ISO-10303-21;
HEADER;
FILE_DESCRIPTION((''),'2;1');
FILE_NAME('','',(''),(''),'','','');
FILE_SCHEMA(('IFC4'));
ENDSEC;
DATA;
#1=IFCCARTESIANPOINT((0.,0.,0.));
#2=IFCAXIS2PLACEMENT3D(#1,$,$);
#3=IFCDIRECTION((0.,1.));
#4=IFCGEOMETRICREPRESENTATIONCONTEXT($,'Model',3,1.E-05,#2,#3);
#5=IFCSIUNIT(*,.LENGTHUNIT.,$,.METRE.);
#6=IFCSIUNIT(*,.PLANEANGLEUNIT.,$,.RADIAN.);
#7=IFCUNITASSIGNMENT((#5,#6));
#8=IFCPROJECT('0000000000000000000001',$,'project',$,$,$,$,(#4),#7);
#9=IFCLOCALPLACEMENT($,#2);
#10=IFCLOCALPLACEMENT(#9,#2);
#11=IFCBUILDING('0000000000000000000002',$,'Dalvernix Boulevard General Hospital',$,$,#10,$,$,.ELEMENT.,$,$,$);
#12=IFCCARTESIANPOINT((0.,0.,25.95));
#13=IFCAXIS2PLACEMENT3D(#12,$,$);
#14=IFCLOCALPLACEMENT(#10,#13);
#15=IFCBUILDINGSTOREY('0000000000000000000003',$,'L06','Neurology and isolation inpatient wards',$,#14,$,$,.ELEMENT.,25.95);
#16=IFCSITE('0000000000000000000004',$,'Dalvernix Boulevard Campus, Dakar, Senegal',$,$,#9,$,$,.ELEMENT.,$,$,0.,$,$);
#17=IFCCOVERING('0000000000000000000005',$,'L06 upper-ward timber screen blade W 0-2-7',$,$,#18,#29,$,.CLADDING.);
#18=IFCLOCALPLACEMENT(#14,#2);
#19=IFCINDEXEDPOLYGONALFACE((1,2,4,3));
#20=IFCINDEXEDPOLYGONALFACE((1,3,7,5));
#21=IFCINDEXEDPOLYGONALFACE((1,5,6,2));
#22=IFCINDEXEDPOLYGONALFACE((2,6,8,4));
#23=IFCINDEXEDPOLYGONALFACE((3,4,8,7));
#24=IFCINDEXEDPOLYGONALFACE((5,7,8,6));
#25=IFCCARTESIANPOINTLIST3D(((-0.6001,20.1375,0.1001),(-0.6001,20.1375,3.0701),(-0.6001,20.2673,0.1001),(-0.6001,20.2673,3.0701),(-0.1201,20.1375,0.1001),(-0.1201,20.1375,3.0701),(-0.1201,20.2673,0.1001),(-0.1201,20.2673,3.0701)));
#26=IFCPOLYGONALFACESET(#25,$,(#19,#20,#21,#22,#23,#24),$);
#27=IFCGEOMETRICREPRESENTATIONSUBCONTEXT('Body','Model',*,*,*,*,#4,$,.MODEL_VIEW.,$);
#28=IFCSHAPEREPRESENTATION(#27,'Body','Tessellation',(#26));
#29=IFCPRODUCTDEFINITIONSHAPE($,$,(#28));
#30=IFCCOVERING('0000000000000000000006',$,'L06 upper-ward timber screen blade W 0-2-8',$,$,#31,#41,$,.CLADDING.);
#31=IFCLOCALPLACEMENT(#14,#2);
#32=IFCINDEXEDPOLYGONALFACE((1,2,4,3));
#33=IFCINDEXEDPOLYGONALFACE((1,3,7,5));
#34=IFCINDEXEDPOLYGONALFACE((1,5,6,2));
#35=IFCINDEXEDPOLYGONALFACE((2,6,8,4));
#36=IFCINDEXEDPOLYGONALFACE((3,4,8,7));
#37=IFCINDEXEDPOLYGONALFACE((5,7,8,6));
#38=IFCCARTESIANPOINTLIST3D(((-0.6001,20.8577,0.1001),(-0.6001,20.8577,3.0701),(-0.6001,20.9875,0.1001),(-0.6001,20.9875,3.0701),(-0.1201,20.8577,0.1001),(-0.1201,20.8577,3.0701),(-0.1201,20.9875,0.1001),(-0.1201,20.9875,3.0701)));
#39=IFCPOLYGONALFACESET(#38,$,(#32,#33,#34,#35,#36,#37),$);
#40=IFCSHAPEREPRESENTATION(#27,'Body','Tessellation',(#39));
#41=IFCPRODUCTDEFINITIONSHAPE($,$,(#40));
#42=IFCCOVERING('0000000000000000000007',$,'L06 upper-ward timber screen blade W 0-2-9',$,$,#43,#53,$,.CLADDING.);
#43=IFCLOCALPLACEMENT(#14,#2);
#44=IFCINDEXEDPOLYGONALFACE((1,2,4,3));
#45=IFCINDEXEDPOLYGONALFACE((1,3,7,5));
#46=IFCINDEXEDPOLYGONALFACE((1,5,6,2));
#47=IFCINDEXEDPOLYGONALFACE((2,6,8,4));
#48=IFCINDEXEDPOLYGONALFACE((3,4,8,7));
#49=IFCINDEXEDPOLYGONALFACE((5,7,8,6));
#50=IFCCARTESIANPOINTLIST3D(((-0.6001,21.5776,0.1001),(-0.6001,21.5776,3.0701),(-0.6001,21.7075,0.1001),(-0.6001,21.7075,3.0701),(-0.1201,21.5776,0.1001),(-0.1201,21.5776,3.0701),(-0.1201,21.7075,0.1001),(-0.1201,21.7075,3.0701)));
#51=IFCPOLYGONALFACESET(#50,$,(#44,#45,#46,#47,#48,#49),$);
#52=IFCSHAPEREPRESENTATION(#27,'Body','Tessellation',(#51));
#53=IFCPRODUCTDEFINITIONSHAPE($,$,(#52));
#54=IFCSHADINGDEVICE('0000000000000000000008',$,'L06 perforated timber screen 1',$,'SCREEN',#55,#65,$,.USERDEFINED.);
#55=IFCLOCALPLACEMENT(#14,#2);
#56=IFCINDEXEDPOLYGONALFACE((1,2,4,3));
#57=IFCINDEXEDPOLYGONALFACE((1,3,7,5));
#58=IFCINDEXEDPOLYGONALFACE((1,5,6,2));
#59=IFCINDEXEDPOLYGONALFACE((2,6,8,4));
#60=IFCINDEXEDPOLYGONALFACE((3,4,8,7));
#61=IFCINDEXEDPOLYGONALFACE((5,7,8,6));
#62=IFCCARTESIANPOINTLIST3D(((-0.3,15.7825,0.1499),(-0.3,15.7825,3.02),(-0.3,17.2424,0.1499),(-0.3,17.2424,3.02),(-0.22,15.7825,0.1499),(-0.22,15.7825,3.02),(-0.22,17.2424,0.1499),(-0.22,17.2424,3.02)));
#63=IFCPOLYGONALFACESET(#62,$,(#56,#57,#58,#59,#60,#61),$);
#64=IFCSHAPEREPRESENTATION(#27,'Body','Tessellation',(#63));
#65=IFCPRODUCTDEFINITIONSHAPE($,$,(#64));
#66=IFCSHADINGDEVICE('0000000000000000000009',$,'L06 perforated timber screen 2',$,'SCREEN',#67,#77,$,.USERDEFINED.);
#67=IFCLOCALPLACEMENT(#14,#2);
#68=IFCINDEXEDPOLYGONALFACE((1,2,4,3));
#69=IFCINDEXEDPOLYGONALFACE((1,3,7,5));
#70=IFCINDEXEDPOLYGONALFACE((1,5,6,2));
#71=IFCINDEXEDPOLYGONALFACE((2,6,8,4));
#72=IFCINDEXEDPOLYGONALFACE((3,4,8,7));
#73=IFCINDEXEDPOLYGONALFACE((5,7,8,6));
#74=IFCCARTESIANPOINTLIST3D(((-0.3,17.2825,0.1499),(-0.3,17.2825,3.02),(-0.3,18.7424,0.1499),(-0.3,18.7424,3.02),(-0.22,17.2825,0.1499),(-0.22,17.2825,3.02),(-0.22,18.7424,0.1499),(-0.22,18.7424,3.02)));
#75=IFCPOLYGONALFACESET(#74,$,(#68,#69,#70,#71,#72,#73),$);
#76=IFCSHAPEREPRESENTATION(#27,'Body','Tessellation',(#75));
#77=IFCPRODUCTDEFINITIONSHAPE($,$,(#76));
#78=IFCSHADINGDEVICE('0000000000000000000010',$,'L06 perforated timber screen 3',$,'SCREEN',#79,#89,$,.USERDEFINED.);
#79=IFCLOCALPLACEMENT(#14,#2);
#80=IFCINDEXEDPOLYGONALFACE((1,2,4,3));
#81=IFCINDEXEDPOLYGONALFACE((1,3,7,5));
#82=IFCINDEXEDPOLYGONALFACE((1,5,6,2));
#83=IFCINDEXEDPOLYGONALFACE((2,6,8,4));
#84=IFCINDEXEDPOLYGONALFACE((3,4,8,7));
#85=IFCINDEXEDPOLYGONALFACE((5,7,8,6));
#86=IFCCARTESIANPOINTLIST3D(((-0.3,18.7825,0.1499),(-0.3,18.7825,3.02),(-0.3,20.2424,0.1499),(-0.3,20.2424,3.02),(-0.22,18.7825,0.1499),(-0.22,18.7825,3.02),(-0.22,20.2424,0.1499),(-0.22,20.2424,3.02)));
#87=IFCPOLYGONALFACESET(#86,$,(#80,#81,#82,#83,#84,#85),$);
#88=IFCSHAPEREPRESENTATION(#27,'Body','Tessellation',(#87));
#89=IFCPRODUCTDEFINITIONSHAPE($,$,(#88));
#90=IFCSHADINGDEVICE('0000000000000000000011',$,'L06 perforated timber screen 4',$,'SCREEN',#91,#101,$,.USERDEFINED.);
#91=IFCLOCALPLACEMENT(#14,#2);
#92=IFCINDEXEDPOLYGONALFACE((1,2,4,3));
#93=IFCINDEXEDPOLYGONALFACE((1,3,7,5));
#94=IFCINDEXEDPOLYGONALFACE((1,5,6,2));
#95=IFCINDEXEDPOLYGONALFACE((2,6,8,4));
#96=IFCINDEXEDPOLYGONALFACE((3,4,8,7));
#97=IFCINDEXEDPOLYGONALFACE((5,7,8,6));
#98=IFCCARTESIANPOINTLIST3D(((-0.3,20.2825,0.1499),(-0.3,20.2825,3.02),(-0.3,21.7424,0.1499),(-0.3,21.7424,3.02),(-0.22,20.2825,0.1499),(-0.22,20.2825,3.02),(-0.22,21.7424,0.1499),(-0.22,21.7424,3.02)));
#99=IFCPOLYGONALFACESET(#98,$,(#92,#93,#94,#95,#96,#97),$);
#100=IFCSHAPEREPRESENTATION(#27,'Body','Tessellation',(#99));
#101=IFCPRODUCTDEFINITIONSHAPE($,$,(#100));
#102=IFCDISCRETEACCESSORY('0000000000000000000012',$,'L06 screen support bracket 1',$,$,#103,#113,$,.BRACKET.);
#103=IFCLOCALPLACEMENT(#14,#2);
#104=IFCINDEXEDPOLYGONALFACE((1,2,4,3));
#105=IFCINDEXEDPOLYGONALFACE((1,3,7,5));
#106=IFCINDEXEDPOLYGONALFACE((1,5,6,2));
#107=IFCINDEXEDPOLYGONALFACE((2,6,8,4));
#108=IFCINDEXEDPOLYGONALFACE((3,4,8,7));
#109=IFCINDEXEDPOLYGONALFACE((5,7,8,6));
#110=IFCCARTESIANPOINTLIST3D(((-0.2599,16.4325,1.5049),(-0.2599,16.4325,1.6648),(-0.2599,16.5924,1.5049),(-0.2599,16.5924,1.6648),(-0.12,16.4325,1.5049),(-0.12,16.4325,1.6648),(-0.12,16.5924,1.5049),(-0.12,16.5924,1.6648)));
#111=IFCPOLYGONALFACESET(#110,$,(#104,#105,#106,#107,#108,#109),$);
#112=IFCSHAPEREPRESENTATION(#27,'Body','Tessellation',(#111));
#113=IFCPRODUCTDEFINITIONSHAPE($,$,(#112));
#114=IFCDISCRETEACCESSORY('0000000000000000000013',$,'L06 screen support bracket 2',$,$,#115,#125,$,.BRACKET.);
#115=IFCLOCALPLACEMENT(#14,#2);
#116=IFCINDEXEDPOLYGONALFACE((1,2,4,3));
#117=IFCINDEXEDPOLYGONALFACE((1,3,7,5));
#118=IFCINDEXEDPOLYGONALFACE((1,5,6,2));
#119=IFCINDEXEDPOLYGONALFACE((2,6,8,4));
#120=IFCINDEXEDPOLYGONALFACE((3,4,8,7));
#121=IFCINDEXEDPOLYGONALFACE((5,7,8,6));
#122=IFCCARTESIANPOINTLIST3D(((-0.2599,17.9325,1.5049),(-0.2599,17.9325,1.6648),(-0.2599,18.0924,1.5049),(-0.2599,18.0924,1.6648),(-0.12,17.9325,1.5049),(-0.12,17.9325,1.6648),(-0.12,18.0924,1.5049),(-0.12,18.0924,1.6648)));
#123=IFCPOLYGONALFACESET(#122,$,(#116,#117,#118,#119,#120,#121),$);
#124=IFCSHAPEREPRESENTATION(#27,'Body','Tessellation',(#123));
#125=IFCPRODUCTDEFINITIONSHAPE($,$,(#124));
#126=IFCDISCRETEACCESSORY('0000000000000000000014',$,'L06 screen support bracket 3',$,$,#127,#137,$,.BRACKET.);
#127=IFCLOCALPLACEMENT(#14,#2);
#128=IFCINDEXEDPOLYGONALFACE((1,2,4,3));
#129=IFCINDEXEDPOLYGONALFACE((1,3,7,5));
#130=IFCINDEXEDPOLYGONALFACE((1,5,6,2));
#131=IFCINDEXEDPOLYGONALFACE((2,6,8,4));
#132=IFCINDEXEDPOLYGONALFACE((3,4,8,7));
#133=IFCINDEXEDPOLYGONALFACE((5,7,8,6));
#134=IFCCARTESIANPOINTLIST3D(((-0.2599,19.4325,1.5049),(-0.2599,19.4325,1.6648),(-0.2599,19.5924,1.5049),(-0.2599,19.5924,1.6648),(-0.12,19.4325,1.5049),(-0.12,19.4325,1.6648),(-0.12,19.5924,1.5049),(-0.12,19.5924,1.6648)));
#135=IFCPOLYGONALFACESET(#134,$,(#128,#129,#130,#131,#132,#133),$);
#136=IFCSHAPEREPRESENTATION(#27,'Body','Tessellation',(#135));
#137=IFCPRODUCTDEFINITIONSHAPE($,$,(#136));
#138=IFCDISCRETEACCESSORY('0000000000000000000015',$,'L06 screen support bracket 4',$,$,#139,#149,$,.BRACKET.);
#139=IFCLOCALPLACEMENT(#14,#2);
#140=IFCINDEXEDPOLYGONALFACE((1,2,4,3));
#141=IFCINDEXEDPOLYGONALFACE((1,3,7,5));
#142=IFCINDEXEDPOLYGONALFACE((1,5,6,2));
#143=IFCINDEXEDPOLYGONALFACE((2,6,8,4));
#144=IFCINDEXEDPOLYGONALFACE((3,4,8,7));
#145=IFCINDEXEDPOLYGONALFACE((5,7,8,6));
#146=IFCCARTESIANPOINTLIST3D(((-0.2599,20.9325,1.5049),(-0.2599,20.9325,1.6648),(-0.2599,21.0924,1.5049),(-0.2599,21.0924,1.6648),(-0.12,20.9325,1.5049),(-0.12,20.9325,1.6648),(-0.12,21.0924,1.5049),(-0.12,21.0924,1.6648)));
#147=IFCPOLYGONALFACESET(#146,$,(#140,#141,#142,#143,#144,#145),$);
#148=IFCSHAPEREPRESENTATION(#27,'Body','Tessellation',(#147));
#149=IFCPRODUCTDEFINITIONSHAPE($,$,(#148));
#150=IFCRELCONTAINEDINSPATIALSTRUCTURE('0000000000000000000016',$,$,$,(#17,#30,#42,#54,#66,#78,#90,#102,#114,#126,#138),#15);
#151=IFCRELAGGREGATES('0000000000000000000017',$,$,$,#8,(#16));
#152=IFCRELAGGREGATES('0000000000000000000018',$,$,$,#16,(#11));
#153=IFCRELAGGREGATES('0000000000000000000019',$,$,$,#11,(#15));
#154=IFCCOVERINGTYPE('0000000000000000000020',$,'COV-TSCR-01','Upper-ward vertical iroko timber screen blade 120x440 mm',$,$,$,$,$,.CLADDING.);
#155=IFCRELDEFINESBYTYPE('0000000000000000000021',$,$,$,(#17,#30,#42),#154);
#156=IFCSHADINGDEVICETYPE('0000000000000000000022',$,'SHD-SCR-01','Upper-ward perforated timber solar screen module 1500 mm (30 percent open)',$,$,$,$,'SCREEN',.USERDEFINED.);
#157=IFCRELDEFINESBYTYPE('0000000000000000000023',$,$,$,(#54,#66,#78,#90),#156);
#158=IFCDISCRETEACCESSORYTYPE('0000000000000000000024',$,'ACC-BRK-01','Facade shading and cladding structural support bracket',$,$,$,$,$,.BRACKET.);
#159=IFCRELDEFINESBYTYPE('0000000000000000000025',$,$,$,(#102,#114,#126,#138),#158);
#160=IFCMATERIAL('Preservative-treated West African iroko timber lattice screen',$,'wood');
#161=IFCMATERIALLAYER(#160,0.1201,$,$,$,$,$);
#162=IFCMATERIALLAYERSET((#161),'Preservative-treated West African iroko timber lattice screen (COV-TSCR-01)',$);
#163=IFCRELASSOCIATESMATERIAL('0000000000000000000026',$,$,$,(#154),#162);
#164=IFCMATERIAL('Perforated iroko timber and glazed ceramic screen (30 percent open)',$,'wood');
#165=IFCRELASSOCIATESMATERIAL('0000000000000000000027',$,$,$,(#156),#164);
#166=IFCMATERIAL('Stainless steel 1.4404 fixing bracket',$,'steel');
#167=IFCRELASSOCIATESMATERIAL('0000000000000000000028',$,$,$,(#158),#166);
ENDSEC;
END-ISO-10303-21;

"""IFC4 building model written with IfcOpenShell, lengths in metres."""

from ifc_helpers import new_model, si_unit, direction, frame, origin, origin_2d, place, context, subcontext, project, spatial, rectangle, extrude, material, layer, layer_set, type_object, element, save


model = new_model("IFC4")

# Units and contexts
model_context = context("Model", 3, precision=1e-05, world=origin(), true_north=direction((0.0, 1.0)))
body_context = subcontext(model_context, "Body", "Model", "MODEL_VIEW")
ifc_project = project(units=[si_unit("LENGTHUNIT", "METRE"), si_unit("PLANEANGLEUNIT", "RADIAN")], contexts=[model_context])

# Site, building, storey
site_placement = place(None, origin())
site = spatial("IfcSite", under=ifc_project, at=site_placement, Name="Dalvernix Boulevard Campus, Dakar, Senegal", CompositionType="ELEMENT", RefElevation=0.0)
building_placement = place(site_placement, origin())
building = spatial("IfcBuilding", under=site, at=building_placement, Name="Dalvernix Boulevard General Hospital", CompositionType="ELEMENT")
storey_placement = place(building_placement, frame((0.0, 0.0, 25.95)))
storey = spatial("IfcBuildingStorey", under=building, at=storey_placement, Name="L06", Description="Neurology and isolation inpatient wards", CompositionType="ELEMENT", Elevation=25.95)

# Coverings
ifc_material_1 = material(Name="Preservative-treated West African iroko timber lattice screen", Category="wood")
ifc_layer_1 = layer(ifc_material_1, 0.1201)
ifc_layer_set_1 = layer_set([ifc_layer_1], Name="Preservative-treated West African iroko timber lattice screen (COV-TSCR-01)")
covering_type_1 = type_object("IfcCoveringType", Name="COV-TSCR-01", Description="Upper-ward vertical iroko timber screen blade 120x440 mm", PredefinedType="CLADDING", material=ifc_layer_set_1)
for number, where, z_axis, x_axis, name in (
    (1, (-0.3601, 20.2024, 0.1001), (0.0, 0.0, 1.0), (0.0, 1.0, 0.0), "L06 upper-ward timber screen blade W 0-2-7"),
    (2, (-0.3601, 20.9226, 0.1001), (0.0, 0.0, 1.0), (0.0, 1.0, 0.0), "L06 upper-ward timber screen blade W 0-2-8"),
    (3, (-0.3601, 21.6426, 0.1001), (0.0, 0.0, 1.0), (0.0, 1.0, 0.0), "L06 upper-ward timber screen blade W 0-2-9"),
):
    element("IfcCovering", number, at=place(storey_placement, frame(where, z_axis=z_axis, x_axis=x_axis)), inside=storey, type_object=covering_type_1, Name=name, PredefinedType="CLADDING", context=body_context, shape_type="SweptSolid", body=[
        extrude(rectangle(XDim=0.1299, YDim=0.48, at=origin_2d()), origin(), (0.0, 0.0, 1.0), 2.97),
    ])

# Shading devices
ifc_material_2 = material(Name="Perforated iroko timber and glazed ceramic screen (30 percent open)", Category="wood")
shading_device_type = type_object("IfcShadingDeviceType", Name="SHD-SCR-01", Description="Upper-ward perforated timber solar screen module 1500 mm (30 percent open)", ElementType="SCREEN", PredefinedType="USERDEFINED", material=ifc_material_2)
for number, where, z_axis, x_axis, name in (
    (4, (-0.26, 16.5125, 0.1499), (0.0, 0.0, 1.0), (0.0, 1.0, 0.0), "L06 perforated timber screen 1"),
    (5, (-0.26, 18.0125, 0.1499), (0.0, 0.0, 1.0), (0.0, 1.0, 0.0), "L06 perforated timber screen 2"),
    (6, (-0.26, 19.5125, 0.1499), (0.0, 0.0, 1.0), (0.0, 1.0, 0.0), "L06 perforated timber screen 3"),
    (7, (-0.26, 21.0125, 0.1499), (0.0, 0.0, 1.0), (0.0, 1.0, 0.0), "L06 perforated timber screen 4"),
):
    element("IfcShadingDevice", number, at=place(storey_placement, frame(where, z_axis=z_axis, x_axis=x_axis)), inside=storey, type_object=shading_device_type, Name=name, ObjectType="SCREEN", PredefinedType="USERDEFINED", context=body_context, shape_type="SweptSolid", body=[
        extrude(rectangle(XDim=1.46, YDim=0.0801, at=origin_2d()), origin(), (0.0, 0.0, 1.0), 2.8701),
    ])

# Discrete accessories
ifc_material_3 = material(Name="Stainless steel 1.4404 fixing bracket", Category="steel")
discrete_accessory_type = type_object("IfcDiscreteAccessoryType", Name="ACC-BRK-01", Description="Facade shading and cladding structural support bracket", PredefinedType="BRACKET", material=ifc_material_3)
for number, where, z_axis, x_axis, name in (
    (8, (-0.1899, 16.5125, 1.5049), (0.0, 0.0, 1.0), (0.0, 1.0, 0.0), "L06 screen support bracket 1"),
    (9, (-0.1899, 18.0125, 1.5049), (0.0, 0.0, 1.0), (0.0, 1.0, 0.0), "L06 screen support bracket 2"),
    (10, (-0.1899, 19.5125, 1.5049), (0.0, 0.0, 1.0), (0.0, 1.0, 0.0), "L06 screen support bracket 3"),
    (11, (-0.1899, 21.0125, 1.5049), (0.0, 0.0, 1.0), (0.0, 1.0, 0.0), "L06 screen support bracket 4"),
):
    element("IfcDiscreteAccessory", number, at=place(storey_placement, frame(where, z_axis=z_axis, x_axis=x_axis)), inside=storey, type_object=discrete_accessory_type, Name=name, PredefinedType="BRACKET", context=body_context, shape_type="SweptSolid", body=[
        extrude(rectangle(XDim=0.1599, YDim=0.1399, at=origin_2d()), origin(), (0.0, 0.0, 1.0), 0.1599),
    ])

save(model, "model.ifc")
